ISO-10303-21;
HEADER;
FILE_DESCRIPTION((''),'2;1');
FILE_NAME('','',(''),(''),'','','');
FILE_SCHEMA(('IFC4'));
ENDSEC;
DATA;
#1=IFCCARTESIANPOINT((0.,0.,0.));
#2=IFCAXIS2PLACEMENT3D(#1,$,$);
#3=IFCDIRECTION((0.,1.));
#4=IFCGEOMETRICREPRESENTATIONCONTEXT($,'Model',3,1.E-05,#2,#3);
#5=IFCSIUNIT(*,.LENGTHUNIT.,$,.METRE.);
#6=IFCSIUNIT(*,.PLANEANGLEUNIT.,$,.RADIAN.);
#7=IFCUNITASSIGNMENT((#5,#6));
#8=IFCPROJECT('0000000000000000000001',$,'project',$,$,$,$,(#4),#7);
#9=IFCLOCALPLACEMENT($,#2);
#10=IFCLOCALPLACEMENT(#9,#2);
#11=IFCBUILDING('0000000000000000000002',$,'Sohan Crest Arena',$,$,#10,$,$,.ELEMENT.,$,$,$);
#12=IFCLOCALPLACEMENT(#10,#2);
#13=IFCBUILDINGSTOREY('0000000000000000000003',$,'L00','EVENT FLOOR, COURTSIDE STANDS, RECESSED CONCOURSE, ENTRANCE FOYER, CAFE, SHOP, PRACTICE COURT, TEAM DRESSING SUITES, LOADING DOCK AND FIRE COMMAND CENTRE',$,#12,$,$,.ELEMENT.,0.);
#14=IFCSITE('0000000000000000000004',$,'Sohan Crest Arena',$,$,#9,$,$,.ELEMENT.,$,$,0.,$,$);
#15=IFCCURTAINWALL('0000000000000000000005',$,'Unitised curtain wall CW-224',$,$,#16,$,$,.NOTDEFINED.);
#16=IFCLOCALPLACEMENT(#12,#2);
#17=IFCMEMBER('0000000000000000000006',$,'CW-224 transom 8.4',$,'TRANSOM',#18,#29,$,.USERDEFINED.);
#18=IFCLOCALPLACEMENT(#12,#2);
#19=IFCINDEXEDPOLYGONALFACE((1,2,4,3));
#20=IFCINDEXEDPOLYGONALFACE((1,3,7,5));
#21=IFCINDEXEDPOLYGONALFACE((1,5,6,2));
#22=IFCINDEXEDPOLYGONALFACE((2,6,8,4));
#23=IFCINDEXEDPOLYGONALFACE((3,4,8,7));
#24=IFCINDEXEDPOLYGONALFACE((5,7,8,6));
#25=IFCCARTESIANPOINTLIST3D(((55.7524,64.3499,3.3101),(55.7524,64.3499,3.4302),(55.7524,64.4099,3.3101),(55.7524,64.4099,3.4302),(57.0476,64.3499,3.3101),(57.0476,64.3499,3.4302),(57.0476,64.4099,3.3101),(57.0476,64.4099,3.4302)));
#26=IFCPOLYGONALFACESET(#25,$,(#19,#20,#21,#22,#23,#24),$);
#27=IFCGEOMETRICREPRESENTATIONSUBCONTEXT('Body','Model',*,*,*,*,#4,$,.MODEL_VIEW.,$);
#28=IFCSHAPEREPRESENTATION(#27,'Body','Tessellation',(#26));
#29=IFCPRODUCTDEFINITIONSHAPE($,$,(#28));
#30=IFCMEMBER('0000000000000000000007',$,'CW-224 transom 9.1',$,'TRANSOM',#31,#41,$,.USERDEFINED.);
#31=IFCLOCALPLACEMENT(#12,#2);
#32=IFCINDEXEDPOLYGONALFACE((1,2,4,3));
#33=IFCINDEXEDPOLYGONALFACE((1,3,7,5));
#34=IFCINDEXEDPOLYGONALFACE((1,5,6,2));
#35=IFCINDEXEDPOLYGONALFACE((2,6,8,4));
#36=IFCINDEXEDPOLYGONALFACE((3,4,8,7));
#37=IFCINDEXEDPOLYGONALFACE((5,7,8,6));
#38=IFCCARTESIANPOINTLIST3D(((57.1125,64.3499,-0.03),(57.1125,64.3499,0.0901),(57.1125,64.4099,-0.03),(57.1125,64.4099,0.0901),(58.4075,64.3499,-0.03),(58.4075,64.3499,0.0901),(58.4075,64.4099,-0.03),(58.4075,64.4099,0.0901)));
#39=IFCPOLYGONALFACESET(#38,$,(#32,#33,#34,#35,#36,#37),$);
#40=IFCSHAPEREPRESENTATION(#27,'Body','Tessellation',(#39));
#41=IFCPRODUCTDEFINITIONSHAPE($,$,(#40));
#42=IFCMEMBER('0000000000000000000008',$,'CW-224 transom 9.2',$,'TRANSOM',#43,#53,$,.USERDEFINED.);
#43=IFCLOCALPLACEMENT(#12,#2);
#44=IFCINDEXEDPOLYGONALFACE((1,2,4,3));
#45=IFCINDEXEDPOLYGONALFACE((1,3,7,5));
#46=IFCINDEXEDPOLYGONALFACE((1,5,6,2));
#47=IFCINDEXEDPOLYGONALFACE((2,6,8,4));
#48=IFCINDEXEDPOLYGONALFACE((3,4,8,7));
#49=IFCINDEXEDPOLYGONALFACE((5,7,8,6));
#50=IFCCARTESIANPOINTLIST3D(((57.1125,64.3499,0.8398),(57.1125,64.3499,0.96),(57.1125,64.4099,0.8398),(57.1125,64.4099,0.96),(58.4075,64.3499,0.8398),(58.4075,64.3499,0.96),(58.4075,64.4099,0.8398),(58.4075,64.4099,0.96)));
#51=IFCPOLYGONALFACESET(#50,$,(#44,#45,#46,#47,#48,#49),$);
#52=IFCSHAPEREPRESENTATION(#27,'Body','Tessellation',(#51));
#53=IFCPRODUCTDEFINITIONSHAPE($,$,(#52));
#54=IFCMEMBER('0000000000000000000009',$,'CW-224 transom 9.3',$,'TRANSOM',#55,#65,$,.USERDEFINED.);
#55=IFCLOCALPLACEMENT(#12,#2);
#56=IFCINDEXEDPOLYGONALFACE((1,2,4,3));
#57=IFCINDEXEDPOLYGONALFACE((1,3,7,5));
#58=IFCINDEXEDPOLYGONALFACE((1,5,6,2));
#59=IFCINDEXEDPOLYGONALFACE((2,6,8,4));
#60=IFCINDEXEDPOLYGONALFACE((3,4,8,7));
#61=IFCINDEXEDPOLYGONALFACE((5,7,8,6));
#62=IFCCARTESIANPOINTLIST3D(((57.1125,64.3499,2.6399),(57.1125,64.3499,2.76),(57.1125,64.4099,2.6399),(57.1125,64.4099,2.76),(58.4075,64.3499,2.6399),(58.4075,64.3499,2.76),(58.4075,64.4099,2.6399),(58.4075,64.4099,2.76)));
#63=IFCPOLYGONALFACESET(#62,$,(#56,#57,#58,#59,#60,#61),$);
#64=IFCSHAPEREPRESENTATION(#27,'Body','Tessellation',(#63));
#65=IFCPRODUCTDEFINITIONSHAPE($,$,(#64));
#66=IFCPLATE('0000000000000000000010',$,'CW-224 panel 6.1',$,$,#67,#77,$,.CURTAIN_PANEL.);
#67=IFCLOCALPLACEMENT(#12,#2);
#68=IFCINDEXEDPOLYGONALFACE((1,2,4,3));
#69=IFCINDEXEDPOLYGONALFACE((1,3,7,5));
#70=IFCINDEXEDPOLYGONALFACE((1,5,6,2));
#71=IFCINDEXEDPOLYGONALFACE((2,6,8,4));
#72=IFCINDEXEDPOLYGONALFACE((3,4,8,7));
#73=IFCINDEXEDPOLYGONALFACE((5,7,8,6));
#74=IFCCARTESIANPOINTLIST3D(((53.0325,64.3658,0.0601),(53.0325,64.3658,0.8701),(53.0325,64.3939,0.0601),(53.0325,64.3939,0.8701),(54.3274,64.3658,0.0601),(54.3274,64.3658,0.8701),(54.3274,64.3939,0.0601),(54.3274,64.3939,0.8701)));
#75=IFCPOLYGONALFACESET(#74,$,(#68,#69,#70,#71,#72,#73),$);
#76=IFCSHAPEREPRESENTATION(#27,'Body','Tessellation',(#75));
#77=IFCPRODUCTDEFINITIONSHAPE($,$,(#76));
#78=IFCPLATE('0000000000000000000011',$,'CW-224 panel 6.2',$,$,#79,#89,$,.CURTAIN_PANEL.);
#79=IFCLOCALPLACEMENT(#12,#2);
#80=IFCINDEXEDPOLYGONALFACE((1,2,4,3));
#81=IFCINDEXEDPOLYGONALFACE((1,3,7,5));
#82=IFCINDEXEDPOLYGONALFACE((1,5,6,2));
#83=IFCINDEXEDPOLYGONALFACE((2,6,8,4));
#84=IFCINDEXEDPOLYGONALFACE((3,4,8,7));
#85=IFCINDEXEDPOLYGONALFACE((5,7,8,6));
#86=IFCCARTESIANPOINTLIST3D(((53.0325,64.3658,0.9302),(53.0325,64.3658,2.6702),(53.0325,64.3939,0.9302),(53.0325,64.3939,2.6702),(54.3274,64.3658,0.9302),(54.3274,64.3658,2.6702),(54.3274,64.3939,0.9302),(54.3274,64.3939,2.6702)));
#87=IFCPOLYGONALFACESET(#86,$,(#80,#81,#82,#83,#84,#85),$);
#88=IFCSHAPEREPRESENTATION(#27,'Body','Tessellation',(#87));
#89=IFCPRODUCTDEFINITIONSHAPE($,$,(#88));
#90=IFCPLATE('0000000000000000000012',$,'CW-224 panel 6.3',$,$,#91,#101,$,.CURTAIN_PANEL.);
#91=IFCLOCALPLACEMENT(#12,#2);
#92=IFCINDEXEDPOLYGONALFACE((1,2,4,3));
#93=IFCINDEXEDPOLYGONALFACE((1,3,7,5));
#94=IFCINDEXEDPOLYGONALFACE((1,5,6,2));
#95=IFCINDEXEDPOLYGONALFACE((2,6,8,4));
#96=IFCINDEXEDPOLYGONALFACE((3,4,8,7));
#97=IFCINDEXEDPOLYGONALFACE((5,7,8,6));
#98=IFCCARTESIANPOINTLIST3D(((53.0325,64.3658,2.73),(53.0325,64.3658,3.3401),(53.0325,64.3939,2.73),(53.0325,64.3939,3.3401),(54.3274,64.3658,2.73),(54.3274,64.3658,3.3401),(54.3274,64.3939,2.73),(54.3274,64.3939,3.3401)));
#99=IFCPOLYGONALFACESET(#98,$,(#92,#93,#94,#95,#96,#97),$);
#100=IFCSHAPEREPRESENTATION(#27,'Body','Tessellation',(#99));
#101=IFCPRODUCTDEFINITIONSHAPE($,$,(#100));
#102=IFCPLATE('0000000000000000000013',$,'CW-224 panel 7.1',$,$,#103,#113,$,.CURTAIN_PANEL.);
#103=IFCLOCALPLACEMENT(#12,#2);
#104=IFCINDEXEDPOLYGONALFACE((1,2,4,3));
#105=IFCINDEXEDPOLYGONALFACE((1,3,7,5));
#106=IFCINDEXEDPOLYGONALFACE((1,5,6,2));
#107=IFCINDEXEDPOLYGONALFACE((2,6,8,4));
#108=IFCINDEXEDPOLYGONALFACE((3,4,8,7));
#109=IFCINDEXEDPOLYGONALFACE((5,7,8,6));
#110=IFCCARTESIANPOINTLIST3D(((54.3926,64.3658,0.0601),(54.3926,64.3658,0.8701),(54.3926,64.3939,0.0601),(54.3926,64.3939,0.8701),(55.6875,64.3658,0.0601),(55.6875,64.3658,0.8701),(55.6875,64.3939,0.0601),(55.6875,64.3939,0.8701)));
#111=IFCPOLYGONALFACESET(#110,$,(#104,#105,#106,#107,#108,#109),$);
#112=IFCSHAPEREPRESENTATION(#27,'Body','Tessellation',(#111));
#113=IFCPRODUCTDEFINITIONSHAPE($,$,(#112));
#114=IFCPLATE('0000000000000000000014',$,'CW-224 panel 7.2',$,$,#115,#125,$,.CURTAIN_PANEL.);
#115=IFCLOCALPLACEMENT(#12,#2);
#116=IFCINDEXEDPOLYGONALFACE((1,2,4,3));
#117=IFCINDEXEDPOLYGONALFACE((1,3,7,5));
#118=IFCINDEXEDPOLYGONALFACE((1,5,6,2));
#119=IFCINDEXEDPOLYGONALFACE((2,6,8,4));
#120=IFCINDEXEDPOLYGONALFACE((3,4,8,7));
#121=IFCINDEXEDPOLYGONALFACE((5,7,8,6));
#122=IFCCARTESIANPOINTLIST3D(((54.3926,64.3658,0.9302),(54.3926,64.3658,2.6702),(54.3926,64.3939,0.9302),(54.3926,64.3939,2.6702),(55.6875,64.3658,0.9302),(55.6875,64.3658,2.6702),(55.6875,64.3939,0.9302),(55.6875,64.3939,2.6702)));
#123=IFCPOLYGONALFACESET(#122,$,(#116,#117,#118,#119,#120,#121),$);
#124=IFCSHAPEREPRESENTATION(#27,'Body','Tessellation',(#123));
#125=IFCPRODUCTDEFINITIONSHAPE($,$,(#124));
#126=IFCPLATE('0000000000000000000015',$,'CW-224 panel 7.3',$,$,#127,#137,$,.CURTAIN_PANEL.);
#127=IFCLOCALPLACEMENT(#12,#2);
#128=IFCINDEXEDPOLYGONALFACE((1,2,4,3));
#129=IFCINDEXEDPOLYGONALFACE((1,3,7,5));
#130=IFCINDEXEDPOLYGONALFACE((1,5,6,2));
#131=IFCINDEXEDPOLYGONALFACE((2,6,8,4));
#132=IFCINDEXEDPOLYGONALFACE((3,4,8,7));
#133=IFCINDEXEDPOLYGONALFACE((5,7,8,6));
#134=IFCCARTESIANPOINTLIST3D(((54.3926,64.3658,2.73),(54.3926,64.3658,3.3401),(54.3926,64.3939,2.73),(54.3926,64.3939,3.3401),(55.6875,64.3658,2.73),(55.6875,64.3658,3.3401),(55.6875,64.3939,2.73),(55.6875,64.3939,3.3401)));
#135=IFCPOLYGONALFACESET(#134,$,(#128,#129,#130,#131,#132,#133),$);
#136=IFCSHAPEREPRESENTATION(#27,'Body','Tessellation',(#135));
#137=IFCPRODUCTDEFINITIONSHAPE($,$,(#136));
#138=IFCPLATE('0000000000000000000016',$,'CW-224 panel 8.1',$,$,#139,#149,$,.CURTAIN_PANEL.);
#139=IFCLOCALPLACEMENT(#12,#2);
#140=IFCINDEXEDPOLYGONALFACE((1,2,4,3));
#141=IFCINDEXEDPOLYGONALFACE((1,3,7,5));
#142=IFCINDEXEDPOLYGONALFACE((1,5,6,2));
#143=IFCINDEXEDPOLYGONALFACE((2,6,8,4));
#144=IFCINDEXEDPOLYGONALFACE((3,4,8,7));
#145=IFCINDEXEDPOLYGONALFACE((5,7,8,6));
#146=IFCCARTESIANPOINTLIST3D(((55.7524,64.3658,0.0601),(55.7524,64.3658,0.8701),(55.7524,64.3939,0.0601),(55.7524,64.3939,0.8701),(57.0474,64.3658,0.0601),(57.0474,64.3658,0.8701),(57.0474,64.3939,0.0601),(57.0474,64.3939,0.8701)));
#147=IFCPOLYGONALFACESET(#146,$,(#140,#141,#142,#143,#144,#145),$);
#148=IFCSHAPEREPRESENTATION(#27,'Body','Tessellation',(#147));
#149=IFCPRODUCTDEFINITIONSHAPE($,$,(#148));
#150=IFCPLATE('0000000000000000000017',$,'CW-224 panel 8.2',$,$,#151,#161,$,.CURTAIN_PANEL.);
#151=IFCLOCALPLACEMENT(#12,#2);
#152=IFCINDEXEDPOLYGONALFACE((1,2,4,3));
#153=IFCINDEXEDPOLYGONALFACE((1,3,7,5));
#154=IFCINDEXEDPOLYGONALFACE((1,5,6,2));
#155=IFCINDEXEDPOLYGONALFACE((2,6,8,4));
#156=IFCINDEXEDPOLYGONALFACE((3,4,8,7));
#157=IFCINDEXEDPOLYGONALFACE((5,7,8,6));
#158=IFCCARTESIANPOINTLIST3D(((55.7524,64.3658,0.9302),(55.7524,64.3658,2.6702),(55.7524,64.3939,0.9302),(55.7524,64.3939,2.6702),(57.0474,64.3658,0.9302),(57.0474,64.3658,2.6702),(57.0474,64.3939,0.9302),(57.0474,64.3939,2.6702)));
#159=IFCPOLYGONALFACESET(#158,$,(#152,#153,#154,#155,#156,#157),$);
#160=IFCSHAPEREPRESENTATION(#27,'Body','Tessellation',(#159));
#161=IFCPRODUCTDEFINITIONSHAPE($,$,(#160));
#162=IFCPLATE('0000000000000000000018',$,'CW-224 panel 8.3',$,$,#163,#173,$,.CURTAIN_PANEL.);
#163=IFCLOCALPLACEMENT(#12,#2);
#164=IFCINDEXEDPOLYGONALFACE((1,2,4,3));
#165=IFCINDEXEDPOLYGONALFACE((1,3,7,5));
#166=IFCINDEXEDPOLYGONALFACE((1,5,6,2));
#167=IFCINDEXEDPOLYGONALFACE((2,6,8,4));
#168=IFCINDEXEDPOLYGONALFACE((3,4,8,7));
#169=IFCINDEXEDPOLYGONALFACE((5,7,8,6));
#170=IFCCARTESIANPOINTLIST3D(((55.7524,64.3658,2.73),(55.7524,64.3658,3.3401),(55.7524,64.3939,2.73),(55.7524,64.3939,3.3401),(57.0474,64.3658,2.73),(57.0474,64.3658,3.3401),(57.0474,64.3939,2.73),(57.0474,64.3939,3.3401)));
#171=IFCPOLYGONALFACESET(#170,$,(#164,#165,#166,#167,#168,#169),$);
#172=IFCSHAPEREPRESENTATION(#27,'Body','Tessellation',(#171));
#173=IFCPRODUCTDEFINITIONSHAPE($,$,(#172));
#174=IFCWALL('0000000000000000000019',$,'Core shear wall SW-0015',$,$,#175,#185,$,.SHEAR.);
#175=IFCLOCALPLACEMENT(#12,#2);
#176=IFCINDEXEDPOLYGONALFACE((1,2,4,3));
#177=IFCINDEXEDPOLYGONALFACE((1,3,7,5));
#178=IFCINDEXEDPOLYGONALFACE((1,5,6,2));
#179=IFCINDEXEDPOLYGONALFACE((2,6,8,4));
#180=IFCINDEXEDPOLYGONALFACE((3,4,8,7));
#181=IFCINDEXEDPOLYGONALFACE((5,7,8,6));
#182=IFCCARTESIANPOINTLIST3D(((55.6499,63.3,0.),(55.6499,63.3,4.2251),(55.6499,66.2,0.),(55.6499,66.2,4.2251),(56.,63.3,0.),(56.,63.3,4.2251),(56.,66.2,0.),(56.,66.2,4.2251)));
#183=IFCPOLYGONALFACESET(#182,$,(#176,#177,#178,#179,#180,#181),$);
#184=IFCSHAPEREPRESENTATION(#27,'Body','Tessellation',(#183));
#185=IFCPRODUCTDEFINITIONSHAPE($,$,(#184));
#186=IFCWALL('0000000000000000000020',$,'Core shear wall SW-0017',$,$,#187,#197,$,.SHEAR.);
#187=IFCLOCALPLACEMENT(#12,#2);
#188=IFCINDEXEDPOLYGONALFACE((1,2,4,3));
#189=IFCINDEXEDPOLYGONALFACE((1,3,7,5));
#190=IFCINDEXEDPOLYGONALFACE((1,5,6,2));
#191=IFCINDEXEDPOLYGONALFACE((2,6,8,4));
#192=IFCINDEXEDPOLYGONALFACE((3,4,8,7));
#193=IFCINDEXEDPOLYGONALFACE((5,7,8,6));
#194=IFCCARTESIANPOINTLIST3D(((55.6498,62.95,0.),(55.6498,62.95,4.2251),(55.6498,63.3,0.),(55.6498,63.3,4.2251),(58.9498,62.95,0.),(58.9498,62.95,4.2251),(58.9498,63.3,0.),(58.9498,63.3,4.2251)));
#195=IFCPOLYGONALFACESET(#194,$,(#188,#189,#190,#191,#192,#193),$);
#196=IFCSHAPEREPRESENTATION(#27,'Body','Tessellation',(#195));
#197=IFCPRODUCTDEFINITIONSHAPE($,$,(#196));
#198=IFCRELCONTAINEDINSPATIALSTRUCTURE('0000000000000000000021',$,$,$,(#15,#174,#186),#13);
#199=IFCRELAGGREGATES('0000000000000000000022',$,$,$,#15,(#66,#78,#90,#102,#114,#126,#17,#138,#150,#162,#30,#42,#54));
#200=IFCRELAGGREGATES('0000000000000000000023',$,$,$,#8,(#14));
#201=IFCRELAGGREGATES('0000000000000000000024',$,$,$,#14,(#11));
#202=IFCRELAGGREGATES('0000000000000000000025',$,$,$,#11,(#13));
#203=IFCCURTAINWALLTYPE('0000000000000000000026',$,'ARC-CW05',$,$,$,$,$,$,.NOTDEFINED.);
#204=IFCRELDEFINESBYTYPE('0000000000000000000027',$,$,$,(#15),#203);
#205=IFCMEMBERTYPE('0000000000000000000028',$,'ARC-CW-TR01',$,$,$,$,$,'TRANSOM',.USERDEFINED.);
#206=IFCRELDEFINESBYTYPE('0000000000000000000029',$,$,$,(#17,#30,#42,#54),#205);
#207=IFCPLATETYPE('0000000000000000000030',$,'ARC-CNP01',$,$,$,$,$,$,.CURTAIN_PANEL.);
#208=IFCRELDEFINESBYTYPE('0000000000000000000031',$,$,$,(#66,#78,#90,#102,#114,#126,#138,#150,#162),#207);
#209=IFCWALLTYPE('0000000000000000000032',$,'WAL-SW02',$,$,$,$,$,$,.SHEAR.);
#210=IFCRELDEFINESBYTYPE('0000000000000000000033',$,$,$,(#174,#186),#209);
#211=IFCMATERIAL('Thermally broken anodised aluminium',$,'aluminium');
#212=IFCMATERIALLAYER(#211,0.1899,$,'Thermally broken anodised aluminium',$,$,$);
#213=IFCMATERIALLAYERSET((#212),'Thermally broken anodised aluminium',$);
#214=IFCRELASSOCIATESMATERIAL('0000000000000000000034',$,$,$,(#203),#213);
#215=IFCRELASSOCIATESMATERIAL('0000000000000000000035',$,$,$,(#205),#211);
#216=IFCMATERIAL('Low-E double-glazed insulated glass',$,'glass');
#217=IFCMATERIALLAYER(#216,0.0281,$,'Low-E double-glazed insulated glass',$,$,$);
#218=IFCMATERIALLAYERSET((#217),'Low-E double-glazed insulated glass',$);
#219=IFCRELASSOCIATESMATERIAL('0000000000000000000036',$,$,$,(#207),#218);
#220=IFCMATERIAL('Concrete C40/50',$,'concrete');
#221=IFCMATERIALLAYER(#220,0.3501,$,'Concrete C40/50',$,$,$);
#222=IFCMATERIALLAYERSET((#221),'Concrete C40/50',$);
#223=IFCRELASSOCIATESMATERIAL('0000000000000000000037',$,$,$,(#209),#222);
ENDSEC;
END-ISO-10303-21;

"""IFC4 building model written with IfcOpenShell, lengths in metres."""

from ifc_helpers import new_model, si_unit, direction, frame, frame_2d, origin, origin_2d, place, context, subcontext, project, spatial, rectangle, extrude, material, layer, layer_set, material_profile, profile_set, type_object, element, aggregate, save


model = new_model("IFC4")

# Units and contexts
model_context = context("Model", 3, precision=1e-05, world=origin(), true_north=direction((0.0, 1.0)))
body_context = subcontext(model_context, "Body", "Model", "MODEL_VIEW")
ifc_project = project(units=[si_unit("LENGTHUNIT", "METRE"), si_unit("PLANEANGLEUNIT", "RADIAN")], contexts=[model_context])

# Site, building, storey
site_placement = place(None, origin())
site = spatial("IfcSite", under=ifc_project, at=site_placement, Name="Sohan Crest Arena", CompositionType="ELEMENT", RefElevation=0.0)
building_placement = place(site_placement, origin())
building = spatial("IfcBuilding", under=site, at=building_placement, Name="Sohan Crest Arena", CompositionType="ELEMENT")
storey_placement = place(building_placement, origin())
storey = spatial("IfcBuildingStorey", under=building, at=storey_placement, Name="L00", Description="EVENT FLOOR, COURTSIDE STANDS, RECESSED CONCOURSE, ENTRANCE FOYER, CAFE, SHOP, PRACTICE COURT, TEAM DRESSING SUITES, LOADING DOCK AND FIRE COMMAND CENTRE", CompositionType="ELEMENT", Elevation=0.0)

# Curtain wall, members, plates
ifc_material_1 = material(Name="Thermally broken anodised aluminium", Category="aluminium")
ifc_layer_1 = layer(ifc_material_1, 0.1899, Name="Thermally broken anodised aluminium")
ifc_layer_set_1 = layer_set([ifc_layer_1], Name="Thermally broken anodised aluminium")
curtain_wall_type = type_object("IfcCurtainWallType", Name="ARC-CW05", PredefinedType="NOTDEFINED", material=ifc_layer_set_1)
curtain_wall_placement = place(storey_placement, origin())
curtain_wall = element("IfcCurtainWall", 1, at=curtain_wall_placement, inside=storey, type_object=curtain_wall_type, Name="Unitised curtain wall CW-224", PredefinedType="NOTDEFINED")
ifc_material_profile_1 = material_profile(ifc_material_1, rectangle(XDim=0.0601, YDim=0.1201, at=origin_2d()), Name="ALU-TRAN 60x120")
ifc_profile_set_1 = profile_set([ifc_material_profile_1], Name="Thermally broken anodised aluminium")
member_type_1 = type_object("IfcMemberType", Name="ARC-CW-TR01", ElementType="TRANSOM", PredefinedType="USERDEFINED", material=ifc_profile_set_1)
member_1_placement = place(storey_placement, frame((55.7524, 64.3799, 3.3701), z_axis=(1.0, 0.0, 0.0), x_axis=(0.0, 1.0, 0.0)))
member_1 = element("IfcMember", 2, at=member_1_placement, type_object=member_type_1, Name="CW-224 transom 8.4", ObjectType="TRANSOM", PredefinedType="USERDEFINED", context=body_context, shape_type="SweptSolid", body=[
    extrude(rectangle(XDim=0.0601, YDim=0.1201, at=origin_2d()), origin(), (0.0, 0.0, 1.0), 1.2952),
])
member_2_placement = place(storey_placement, frame((57.1125, 64.3799, 0.03), z_axis=(1.0, 0.0, 0.0), x_axis=(0.0, 1.0, 0.0)))
member_2 = element("IfcMember", 3, at=member_2_placement, type_object=member_type_1, Name="CW-224 transom 9.1", ObjectType="TRANSOM", PredefinedType="USERDEFINED", context=body_context, shape_type="SweptSolid", body=[
    extrude(rectangle(XDim=0.0601, YDim=0.1201, at=origin_2d()), origin(), (0.0, 0.0, 1.0), 1.2949),
])
member_3_placement = place(storey_placement, frame((57.1125, 64.3799, 0.8999), z_axis=(1.0, 0.0, 0.0), x_axis=(0.0, 1.0, 0.0)))
member_3 = element("IfcMember", 4, at=member_3_placement, type_object=member_type_1, Name="CW-224 transom 9.2", ObjectType="TRANSOM", PredefinedType="USERDEFINED", context=body_context, shape_type="SweptSolid", body=[
    extrude(rectangle(XDim=0.0601, YDim=0.1201, at=origin_2d()), origin(), (0.0, 0.0, 1.0), 1.2949),
])
member_4_placement = place(storey_placement, frame((57.1125, 64.3799, 2.7), z_axis=(1.0, 0.0, 0.0), x_axis=(0.0, 1.0, 0.0)))
member_4 = element("IfcMember", 5, at=member_4_placement, type_object=member_type_1, Name="CW-224 transom 9.3", ObjectType="TRANSOM", PredefinedType="USERDEFINED", context=body_context, shape_type="SweptSolid", body=[
    extrude(rectangle(XDim=0.0601, YDim=0.1201, at=origin_2d()), origin(), (0.0, 0.0, 1.0), 1.2949),
])
ifc_material_2 = material(Name="Low-E double-glazed insulated glass", Category="glass")
ifc_layer_2 = layer(ifc_material_2, 0.0281, Name="Low-E double-glazed insulated glass")
ifc_layer_set_2 = layer_set([ifc_layer_2], Name="Low-E double-glazed insulated glass")
plate_type = type_object("IfcPlateType", Name="ARC-CNP01", PredefinedType="CURTAIN_PANEL", material=ifc_layer_set_2)
plate_1_placement = place(storey_placement, frame((53.6799, 64.3799, 0.0601), z_axis=(0.0, 0.0, 1.0), x_axis=(1.0, 0.0, 0.0)))
plate_1 = element("IfcPlate", 6, at=plate_1_placement, type_object=plate_type, Name="CW-224 panel 6.1", PredefinedType="CURTAIN_PANEL", context=body_context, shape_type="SweptSolid", body=[
    extrude(rectangle(XDim=1.2949, YDim=0.0281, at=origin_2d()), origin(), (0.0, 0.0, 1.0), 0.8101),
])
plate_2_placement = place(storey_placement, frame((53.6799, 64.3799, 0.9302), z_axis=(0.0, 0.0, 1.0), x_axis=(1.0, 0.0, 0.0)))
plate_2 = element("IfcPlate", 7, at=plate_2_placement, type_object=plate_type, Name="CW-224 panel 6.2", PredefinedType="CURTAIN_PANEL", context=body_context, shape_type="SweptSolid", body=[
    extrude(rectangle(XDim=1.2949, YDim=0.0281, at=origin_2d()), origin(), (0.0, 0.0, 1.0), 1.74),
])
plate_3_placement = place(storey_placement, frame((53.6799, 64.3799, 2.73), z_axis=(0.0, 0.0, 1.0), x_axis=(1.0, 0.0, 0.0)))
plate_3 = element("IfcPlate", 8, at=plate_3_placement, type_object=plate_type, Name="CW-224 panel 6.3", PredefinedType="CURTAIN_PANEL", context=body_context, shape_type="SweptSolid", body=[
    extrude(rectangle(XDim=1.2949, YDim=0.0281, at=origin_2d()), origin(), (0.0, 0.0, 1.0), 0.6101),
])
plate_4_placement = place(storey_placement, frame((55.04, 64.3799, 0.0601), z_axis=(0.0, 0.0, 1.0), x_axis=(1.0, 0.0, 0.0)))
plate_4 = element("IfcPlate", 9, at=plate_4_placement, type_object=plate_type, Name="CW-224 panel 7.1", PredefinedType="CURTAIN_PANEL", context=body_context, shape_type="SweptSolid", body=[
    extrude(rectangle(XDim=1.2949, YDim=0.0281, at=origin_2d()), origin(), (0.0, 0.0, 1.0), 0.8101),
])
plate_5_placement = place(storey_placement, frame((55.04, 64.3799, 0.9302), z_axis=(0.0, 0.0, 1.0), x_axis=(1.0, 0.0, 0.0)))
plate_5 = element("IfcPlate", 10, at=plate_5_placement, type_object=plate_type, Name="CW-224 panel 7.2", PredefinedType="CURTAIN_PANEL", context=body_context, shape_type="SweptSolid", body=[
    extrude(rectangle(XDim=1.2949, YDim=0.0281, at=origin_2d()), origin(), (0.0, 0.0, 1.0), 1.74),
])
plate_6_placement = place(storey_placement, frame((55.04, 64.3799, 2.73), z_axis=(0.0, 0.0, 1.0), x_axis=(1.0, 0.0, 0.0)))
plate_6 = element("IfcPlate", 11, at=plate_6_placement, type_object=plate_type, Name="CW-224 panel 7.3", PredefinedType="CURTAIN_PANEL", context=body_context, shape_type="SweptSolid", body=[
    extrude(rectangle(XDim=1.2949, YDim=0.0281, at=origin_2d()), origin(), (0.0, 0.0, 1.0), 0.6101),
])
plate_7_placement = place(storey_placement, frame((56.3999, 64.3799, 0.0601), z_axis=(0.0, 0.0, 1.0), x_axis=(1.0, 0.0, 0.0)))
plate_7 = element("IfcPlate", 12, at=plate_7_placement, type_object=plate_type, Name="CW-224 panel 8.1", PredefinedType="CURTAIN_PANEL", context=body_context, shape_type="SweptSolid", body=[
    extrude(rectangle(XDim=1.2949, YDim=0.0281, at=origin_2d()), origin(), (0.0, 0.0, 1.0), 0.8101),
])
plate_8_placement = place(storey_placement, frame((56.3999, 64.3799, 0.9302), z_axis=(0.0, 0.0, 1.0), x_axis=(1.0, 0.0, 0.0)))
plate_8 = element("IfcPlate", 13, at=plate_8_placement, type_object=plate_type, Name="CW-224 panel 8.2", PredefinedType="CURTAIN_PANEL", context=body_context, shape_type="SweptSolid", body=[
    extrude(rectangle(XDim=1.2949, YDim=0.0281, at=origin_2d()), origin(), (0.0, 0.0, 1.0), 1.74),
])
plate_9_placement = place(storey_placement, frame((56.3999, 64.3799, 2.73), z_axis=(0.0, 0.0, 1.0), x_axis=(1.0, 0.0, 0.0)))
plate_9 = element("IfcPlate", 14, at=plate_9_placement, type_object=plate_type, Name="CW-224 panel 8.3", PredefinedType="CURTAIN_PANEL", context=body_context, shape_type="SweptSolid", body=[
    extrude(rectangle(XDim=1.2949, YDim=0.0281, at=origin_2d()), origin(), (0.0, 0.0, 1.0), 0.6101),
])
aggregate(curtain_wall, [plate_1, plate_2, plate_3, plate_4, plate_5, plate_6, member_1, plate_7, plate_8, plate_9, member_2, member_3, member_4])

# Walls
ifc_material_3 = material(Name="Concrete C40/50", Category="concrete")
ifc_layer_3 = layer(ifc_material_3, 0.3501, Name="Concrete C40/50")
ifc_layer_set_3 = layer_set([ifc_layer_3], Name="Concrete C40/50")
wall_type = type_object("IfcWallType", Name="WAL-SW02", PredefinedType="SHEAR", material=ifc_layer_set_3)
wall_1_placement = place(storey_placement, frame((55.825, 63.3, 0.0), z_axis=(0.0, 0.0, 1.0), x_axis=(0.0, 1.0, 0.0)))
element("IfcWall", 15, at=wall_1_placement, inside=storey, type_object=wall_type, Name="Core shear wall SW-0015", PredefinedType="SHEAR", context=body_context, shape_type="SweptSolid", body=[
    extrude(rectangle(XDim=2.8999, YDim=0.3501, at=frame_2d((1.45, 0.0))), origin(), (0.0, 0.0, 1.0), 4.2251),
])
wall_2_placement = place(storey_placement, frame((55.6499, 63.125, 0.0), z_axis=(0.0, 0.0, 1.0), x_axis=(1.0, 0.0, 0.0)))
element("IfcWall", 16, at=wall_2_placement, inside=storey, type_object=wall_type, Name="Core shear wall SW-0017", PredefinedType="SHEAR", context=body_context, shape_type="SweptSolid", body=[
    extrude(rectangle(XDim=3.3, YDim=0.3501, at=frame_2d((1.6499, 0.0))), origin(), (0.0, 0.0, 1.0), 4.2251),
])

save(model, "model.ifc")
